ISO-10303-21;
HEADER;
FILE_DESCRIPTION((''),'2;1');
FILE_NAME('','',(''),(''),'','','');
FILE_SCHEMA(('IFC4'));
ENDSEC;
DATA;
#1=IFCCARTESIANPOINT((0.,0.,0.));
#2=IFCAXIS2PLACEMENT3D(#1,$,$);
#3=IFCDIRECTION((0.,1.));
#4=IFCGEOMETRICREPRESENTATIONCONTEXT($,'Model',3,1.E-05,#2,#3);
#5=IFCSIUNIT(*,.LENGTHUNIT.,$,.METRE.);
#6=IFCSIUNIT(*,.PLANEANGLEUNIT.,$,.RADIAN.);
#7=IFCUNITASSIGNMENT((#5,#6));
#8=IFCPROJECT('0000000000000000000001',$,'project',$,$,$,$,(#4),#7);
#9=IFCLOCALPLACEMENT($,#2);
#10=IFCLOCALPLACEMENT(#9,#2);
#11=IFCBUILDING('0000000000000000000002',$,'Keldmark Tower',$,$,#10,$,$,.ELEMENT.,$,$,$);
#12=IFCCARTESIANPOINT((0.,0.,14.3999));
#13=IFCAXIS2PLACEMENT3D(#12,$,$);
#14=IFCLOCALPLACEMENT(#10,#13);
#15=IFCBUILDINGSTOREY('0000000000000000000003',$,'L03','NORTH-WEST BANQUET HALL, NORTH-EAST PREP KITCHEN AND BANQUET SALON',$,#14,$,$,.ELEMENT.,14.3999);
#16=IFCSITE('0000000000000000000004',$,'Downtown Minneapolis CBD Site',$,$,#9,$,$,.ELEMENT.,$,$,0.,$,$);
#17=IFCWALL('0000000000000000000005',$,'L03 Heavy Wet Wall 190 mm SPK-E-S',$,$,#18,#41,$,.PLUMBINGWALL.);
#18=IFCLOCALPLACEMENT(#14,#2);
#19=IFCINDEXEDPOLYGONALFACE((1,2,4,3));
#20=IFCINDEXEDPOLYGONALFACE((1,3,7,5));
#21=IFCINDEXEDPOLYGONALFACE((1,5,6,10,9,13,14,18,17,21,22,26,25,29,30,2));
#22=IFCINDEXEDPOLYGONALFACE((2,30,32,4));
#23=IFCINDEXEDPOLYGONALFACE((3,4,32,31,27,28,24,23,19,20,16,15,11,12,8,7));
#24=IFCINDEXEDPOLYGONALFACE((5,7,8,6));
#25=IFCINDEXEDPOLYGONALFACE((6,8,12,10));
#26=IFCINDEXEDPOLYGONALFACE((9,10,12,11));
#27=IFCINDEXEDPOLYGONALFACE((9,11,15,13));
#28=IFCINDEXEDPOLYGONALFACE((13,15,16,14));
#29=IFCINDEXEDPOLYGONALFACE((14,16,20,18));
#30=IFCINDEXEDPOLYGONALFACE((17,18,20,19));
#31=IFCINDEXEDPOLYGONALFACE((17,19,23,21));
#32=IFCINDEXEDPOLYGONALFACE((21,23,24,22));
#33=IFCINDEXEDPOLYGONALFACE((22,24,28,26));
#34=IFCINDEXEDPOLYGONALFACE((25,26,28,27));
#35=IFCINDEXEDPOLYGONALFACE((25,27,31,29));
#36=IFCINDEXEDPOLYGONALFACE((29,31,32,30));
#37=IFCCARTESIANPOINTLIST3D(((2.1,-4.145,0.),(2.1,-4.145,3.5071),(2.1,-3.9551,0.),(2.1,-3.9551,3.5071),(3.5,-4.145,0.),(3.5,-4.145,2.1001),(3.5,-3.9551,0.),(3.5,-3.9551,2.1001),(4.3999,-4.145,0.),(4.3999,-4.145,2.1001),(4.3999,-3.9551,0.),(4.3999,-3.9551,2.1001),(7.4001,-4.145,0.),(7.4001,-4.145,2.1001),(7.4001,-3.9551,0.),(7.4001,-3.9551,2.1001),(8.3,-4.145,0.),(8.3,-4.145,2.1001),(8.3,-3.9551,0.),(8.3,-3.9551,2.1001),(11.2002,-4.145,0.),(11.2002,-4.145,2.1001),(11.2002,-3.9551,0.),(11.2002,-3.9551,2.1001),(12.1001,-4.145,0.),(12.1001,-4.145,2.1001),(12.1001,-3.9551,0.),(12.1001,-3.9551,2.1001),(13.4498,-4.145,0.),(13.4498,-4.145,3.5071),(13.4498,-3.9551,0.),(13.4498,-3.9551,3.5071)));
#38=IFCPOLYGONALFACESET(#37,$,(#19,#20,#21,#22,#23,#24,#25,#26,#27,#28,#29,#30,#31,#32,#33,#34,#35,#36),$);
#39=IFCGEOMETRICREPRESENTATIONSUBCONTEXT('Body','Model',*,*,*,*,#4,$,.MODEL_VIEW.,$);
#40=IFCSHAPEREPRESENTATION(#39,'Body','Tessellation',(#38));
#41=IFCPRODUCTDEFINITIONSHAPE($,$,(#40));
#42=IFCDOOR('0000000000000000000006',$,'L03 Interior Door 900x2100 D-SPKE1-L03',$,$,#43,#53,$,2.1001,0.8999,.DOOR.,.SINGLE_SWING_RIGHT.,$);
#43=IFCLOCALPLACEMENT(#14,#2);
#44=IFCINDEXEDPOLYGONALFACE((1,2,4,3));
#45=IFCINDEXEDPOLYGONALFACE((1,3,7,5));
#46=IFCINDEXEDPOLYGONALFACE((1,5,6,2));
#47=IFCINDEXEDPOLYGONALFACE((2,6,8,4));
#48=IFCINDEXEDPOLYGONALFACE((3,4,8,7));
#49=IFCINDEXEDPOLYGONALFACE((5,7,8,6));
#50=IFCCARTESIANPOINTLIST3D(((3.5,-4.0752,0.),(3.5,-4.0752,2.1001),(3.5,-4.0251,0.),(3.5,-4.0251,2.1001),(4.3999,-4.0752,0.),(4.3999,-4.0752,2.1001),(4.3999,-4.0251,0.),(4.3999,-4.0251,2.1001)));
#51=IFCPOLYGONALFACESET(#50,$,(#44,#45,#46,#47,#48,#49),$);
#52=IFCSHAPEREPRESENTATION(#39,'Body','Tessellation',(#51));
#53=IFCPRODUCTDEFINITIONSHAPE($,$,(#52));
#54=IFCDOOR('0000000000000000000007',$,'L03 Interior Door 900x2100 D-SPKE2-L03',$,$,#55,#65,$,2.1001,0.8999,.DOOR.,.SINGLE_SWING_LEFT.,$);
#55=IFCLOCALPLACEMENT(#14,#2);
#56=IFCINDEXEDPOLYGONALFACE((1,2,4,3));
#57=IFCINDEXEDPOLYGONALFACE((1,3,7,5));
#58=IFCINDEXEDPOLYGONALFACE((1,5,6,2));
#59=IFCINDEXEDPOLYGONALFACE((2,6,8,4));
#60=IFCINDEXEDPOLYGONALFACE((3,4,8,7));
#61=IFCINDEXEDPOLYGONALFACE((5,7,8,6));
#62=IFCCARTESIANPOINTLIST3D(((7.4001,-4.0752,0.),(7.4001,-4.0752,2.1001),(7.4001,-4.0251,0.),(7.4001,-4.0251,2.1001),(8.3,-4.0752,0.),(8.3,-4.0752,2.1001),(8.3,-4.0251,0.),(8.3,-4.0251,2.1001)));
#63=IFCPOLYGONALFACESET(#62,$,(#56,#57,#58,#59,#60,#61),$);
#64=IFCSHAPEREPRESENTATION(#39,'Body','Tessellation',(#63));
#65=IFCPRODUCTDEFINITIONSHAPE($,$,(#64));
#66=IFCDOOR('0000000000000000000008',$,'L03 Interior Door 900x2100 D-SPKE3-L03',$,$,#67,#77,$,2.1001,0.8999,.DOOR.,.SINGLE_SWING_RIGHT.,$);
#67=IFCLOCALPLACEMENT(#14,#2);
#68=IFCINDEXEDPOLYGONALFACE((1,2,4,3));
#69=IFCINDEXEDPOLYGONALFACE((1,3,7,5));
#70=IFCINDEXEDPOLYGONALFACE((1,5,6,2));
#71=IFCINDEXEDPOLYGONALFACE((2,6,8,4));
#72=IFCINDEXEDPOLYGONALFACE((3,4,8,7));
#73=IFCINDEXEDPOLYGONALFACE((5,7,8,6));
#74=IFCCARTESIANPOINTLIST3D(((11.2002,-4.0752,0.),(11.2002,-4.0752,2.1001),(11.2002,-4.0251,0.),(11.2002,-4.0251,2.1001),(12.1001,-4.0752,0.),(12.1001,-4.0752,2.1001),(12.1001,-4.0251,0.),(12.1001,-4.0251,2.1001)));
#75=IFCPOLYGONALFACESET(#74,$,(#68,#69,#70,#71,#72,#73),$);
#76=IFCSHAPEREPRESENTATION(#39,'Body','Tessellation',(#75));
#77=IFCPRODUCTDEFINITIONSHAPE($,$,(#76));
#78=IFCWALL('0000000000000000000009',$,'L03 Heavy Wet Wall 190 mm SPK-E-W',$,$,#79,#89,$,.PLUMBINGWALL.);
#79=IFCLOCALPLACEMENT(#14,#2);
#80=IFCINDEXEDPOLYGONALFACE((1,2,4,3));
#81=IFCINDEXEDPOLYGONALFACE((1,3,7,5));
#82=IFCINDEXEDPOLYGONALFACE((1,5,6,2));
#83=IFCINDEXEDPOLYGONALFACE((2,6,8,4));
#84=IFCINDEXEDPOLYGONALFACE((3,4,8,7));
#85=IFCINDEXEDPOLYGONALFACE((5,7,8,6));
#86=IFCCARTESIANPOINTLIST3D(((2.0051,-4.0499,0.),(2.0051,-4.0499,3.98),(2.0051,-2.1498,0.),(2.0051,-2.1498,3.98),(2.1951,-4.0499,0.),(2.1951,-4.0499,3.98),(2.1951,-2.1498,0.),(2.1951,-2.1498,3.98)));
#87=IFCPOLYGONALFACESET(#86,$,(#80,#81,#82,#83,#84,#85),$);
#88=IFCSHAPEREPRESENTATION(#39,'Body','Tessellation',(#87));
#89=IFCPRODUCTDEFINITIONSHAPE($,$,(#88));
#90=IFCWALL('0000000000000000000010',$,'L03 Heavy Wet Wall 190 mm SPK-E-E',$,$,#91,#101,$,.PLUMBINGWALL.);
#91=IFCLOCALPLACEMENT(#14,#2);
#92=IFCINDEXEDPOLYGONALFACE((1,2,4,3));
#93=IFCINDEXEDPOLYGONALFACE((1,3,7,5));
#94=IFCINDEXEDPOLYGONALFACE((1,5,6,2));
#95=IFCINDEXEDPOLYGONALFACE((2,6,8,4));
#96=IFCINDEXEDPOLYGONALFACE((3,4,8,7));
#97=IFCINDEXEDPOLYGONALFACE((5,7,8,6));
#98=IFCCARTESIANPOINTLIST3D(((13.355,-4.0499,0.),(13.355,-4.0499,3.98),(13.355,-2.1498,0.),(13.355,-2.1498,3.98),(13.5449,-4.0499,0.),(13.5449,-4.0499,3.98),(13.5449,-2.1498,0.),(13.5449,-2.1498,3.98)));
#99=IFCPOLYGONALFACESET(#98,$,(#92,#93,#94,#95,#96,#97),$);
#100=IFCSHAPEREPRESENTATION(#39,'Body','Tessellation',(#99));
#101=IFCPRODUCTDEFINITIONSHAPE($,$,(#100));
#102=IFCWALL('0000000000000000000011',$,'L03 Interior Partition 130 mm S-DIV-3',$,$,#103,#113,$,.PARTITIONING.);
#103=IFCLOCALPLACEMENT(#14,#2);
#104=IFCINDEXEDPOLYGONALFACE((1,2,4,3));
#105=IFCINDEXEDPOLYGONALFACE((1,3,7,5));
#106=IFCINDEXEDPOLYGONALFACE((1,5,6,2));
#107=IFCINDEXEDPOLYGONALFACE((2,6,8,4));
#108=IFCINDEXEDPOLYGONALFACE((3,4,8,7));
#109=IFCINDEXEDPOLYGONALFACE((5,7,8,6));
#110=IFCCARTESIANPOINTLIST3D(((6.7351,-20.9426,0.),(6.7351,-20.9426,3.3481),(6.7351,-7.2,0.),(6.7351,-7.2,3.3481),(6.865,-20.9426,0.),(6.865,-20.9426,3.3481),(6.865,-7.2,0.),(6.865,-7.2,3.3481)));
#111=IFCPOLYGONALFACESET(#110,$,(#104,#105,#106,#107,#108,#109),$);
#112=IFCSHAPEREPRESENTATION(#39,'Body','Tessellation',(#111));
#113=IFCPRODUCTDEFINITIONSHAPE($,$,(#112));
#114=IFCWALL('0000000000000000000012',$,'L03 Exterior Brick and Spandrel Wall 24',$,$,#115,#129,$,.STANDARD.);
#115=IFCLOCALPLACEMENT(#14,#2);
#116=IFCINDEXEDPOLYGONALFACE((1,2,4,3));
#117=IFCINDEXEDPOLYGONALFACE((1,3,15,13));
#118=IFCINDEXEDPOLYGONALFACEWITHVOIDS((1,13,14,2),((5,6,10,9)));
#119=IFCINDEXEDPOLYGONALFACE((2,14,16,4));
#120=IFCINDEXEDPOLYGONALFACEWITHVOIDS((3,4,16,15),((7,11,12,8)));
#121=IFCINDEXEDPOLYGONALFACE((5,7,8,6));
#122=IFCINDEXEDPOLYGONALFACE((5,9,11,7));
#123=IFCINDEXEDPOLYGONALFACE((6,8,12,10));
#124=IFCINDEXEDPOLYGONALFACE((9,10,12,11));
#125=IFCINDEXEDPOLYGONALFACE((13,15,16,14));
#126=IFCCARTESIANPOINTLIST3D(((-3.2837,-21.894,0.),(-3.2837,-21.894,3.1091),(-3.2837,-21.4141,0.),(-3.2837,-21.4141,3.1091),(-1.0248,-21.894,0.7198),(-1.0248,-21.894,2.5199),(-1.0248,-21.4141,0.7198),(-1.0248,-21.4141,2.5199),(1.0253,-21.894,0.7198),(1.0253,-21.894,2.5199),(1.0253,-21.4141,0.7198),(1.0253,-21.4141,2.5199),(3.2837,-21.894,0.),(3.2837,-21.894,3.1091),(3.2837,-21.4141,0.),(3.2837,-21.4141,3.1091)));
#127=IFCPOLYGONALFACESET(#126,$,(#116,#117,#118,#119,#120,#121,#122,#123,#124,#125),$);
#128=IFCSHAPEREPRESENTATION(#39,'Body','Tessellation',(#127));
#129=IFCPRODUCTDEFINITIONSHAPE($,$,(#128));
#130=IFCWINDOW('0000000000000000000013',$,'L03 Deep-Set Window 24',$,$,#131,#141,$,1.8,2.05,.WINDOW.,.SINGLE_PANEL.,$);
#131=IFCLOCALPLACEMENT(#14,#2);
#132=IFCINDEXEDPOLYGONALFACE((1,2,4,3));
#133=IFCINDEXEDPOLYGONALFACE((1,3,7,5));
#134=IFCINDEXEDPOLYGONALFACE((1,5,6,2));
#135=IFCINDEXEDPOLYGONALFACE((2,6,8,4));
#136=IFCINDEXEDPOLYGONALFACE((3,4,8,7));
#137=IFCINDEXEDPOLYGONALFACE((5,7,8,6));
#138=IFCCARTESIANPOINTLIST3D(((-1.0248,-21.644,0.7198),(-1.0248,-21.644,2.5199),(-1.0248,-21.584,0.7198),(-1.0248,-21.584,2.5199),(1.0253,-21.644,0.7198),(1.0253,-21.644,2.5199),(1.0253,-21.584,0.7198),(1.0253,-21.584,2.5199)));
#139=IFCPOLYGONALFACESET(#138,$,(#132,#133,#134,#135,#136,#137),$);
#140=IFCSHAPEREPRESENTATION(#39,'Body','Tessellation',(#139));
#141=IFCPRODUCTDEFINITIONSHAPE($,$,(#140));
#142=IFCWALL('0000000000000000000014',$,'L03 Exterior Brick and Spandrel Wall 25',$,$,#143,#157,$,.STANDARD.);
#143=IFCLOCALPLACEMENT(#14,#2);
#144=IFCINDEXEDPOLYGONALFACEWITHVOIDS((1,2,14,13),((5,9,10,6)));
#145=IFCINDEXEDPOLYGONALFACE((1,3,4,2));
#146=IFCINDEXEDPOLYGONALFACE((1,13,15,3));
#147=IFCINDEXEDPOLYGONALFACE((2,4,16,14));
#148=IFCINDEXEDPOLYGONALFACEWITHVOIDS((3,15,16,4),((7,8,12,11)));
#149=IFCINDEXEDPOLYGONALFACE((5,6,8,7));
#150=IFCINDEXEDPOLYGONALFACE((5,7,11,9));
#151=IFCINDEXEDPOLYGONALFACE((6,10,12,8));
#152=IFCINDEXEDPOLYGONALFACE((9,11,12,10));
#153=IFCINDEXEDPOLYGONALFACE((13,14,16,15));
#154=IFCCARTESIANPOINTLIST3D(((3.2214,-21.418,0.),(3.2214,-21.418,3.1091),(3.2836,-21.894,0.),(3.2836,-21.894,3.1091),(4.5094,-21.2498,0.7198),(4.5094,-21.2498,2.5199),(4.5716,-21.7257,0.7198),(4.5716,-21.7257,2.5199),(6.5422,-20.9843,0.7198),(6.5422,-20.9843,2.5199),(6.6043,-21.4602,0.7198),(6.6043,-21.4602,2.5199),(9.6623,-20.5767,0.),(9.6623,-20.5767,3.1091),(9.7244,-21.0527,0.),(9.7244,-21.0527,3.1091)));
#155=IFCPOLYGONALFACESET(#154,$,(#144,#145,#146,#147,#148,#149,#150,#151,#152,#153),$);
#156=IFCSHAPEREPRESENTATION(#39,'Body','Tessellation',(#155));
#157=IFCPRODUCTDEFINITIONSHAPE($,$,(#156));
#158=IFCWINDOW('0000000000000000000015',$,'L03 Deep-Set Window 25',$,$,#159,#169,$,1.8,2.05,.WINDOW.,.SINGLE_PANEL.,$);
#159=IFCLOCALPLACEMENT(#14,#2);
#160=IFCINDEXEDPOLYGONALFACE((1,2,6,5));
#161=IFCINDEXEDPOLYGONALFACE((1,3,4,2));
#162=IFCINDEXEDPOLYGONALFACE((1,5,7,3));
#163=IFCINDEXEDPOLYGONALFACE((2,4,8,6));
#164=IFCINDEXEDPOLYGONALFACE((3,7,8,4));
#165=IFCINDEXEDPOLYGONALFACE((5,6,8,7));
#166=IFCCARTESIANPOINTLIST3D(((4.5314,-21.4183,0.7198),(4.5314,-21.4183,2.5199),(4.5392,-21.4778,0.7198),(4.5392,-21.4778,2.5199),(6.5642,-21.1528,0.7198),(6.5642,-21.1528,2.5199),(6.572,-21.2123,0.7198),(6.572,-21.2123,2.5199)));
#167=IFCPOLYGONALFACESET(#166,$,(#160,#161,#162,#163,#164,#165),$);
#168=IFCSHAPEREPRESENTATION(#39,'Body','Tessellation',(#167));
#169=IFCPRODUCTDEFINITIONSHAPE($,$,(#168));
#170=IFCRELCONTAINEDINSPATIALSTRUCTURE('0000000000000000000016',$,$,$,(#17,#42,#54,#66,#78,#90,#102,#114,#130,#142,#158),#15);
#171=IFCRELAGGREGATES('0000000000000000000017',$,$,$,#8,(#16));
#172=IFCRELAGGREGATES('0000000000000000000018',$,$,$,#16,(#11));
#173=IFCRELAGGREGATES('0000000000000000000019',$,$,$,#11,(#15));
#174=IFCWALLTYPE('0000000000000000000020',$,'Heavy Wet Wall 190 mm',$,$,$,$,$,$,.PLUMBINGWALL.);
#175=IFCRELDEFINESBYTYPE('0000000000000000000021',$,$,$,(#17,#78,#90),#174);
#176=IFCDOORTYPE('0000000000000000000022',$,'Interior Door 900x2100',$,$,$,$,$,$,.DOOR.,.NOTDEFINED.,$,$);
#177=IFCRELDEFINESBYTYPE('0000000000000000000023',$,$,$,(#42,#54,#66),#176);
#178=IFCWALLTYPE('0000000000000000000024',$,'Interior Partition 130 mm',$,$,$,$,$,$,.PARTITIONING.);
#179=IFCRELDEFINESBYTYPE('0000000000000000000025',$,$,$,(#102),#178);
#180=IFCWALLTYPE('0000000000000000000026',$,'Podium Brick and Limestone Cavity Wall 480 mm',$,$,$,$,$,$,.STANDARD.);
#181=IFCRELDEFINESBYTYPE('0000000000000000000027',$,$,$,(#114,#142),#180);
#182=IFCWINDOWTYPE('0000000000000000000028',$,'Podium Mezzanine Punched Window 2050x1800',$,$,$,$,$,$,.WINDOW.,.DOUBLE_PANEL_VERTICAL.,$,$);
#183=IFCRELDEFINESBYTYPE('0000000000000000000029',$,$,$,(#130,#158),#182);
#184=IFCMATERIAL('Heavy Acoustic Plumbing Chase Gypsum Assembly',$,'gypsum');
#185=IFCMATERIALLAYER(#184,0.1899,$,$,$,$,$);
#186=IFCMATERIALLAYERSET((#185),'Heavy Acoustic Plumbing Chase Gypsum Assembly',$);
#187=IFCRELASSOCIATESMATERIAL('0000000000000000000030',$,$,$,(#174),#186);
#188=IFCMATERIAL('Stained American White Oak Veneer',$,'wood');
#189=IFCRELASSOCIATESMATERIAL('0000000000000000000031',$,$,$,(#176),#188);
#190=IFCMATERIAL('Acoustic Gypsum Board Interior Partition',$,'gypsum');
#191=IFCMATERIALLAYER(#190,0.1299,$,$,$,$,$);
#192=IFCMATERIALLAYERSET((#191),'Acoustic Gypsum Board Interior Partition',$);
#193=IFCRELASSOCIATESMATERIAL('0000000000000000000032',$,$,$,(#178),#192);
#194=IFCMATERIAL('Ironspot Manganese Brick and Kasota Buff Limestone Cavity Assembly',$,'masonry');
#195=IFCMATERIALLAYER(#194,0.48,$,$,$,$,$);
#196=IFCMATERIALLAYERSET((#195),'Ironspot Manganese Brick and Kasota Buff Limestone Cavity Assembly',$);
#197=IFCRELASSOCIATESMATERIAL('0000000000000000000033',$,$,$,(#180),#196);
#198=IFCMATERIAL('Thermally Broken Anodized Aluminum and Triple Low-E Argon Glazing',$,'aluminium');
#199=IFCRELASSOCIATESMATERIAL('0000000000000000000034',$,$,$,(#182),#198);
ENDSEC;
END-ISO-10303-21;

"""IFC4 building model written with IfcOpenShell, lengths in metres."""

from ifc_helpers import new_model, si_unit, direction, frame, frame_2d, origin, place, context, subcontext, project, spatial, rectangle, extrude, material, layer, layer_set, type_object, element, fill, save


model = new_model("IFC4")

# Units and contexts
model_context = context("Model", 3, precision=1e-05, world=origin(), true_north=direction((0.0, 1.0)))
body_context = subcontext(model_context, "Body", "Model", "MODEL_VIEW")
ifc_project = project(units=[si_unit("LENGTHUNIT", "METRE"), si_unit("PLANEANGLEUNIT", "RADIAN")], contexts=[model_context])

# Site, building, storey
site_placement = place(None, origin())
site = spatial("IfcSite", under=ifc_project, at=site_placement, Name="Downtown Minneapolis CBD Site", CompositionType="ELEMENT", RefElevation=0.0)
building_placement = place(site_placement, origin())
building = spatial("IfcBuilding", under=site, at=building_placement, Name="Keldmark Tower", CompositionType="ELEMENT")
storey_placement = place(building_placement, frame((0.0, 0.0, 14.3999)))
storey = spatial("IfcBuildingStorey", under=building, at=storey_placement, Name="L03", Description="NORTH-WEST BANQUET HALL, NORTH-EAST PREP KITCHEN AND BANQUET SALON", CompositionType="ELEMENT", Elevation=14.3999)

# Wall, openings, doors
ifc_material_1 = material(Name="Heavy Acoustic Plumbing Chase Gypsum Assembly", Category="gypsum")
ifc_layer_1 = layer(ifc_material_1, 0.1899)
ifc_layer_set_1 = layer_set([ifc_layer_1], Name="Heavy Acoustic Plumbing Chase Gypsum Assembly")
wall_type_1 = type_object("IfcWallType", Name="Heavy Wet Wall 190 mm", PredefinedType="PLUMBINGWALL", material=ifc_layer_set_1)
wall_1_placement = place(storey_placement, frame((2.1001, -4.05, 0.0), z_axis=(0.0, 0.0, 1.0), x_axis=(1.0, 0.0, 0.0)))
wall_1 = element("IfcWall", 1, at=wall_1_placement, inside=storey, type_object=wall_type_1, Name="L03 Heavy Wet Wall 190 mm SPK-E-S", PredefinedType="PLUMBINGWALL", context=body_context, shape_type="SweptSolid", body=[
    extrude(rectangle(XDim=11.3499, YDim=0.1899, at=frame_2d((5.6748, 0.0))), origin(), (0.0, 0.0, 1.0), 3.5071),
])
opening_1_placement = place(wall_1_placement, frame((1.3999, 0.0, 0.0)))
opening_1 = element("IfcOpeningElement", 2, at=opening_1_placement, cuts=wall_1, PredefinedType="OPENING", context=body_context, shape_type="SweptSolid", body=[
    extrude(rectangle(XDim=0.8999, YDim=2.1001, at=frame_2d((0.45, 1.05))), frame((0.0, 0.105, 0.0), z_axis=(0.0, -1.0, 0.0), x_axis=(1.0, 0.0, 0.0)), (0.0, 0.0, 1.0), 0.21),
])
opening_2_placement = place(wall_1_placement, frame((5.3, 0.0, 0.0)))
opening_2 = element("IfcOpeningElement", 3, at=opening_2_placement, cuts=wall_1, PredefinedType="OPENING", context=body_context, shape_type="SweptSolid", body=[
    extrude(rectangle(XDim=0.8999, YDim=2.1001, at=frame_2d((0.45, 1.05))), frame((0.0, 0.105, 0.0), z_axis=(0.0, -1.0, 0.0), x_axis=(1.0, 0.0, 0.0)), (0.0, 0.0, 1.0), 0.21),
])
opening_3_placement = place(wall_1_placement, frame((9.1001, 0.0, 0.0)))
opening_3 = element("IfcOpeningElement", 4, at=opening_3_placement, cuts=wall_1, PredefinedType="OPENING", context=body_context, shape_type="SweptSolid", body=[
    extrude(rectangle(XDim=0.8999, YDim=2.1001, at=frame_2d((0.45, 1.05))), frame((0.0, 0.105, 0.0), z_axis=(0.0, -1.0, 0.0), x_axis=(1.0, 0.0, 0.0)), (0.0, 0.0, 1.0), 0.21),
])
ifc_material_2 = material(Name="Stained American White Oak Veneer", Category="wood")
door_type = type_object("IfcDoorType", Name="Interior Door 900x2100", OperationType="NOTDEFINED", PredefinedType="DOOR", material=ifc_material_2)
door_1_placement = place(opening_1_placement, origin())
door_1 = element("IfcDoor", 5, at=door_1_placement, inside=storey, type_object=door_type, Name="L03 Interior Door 900x2100 D-SPKE1-L03", OperationType="SINGLE_SWING_RIGHT", OverallHeight=2.1001, OverallWidth=0.8999, PredefinedType="DOOR", context=body_context, shape_type="SweptSolid", body=[
    extrude(rectangle(XDim=0.8999, YDim=2.1001, at=frame_2d((0.45, 1.05))), frame((0.0, 0.0249, 0.0), z_axis=(0.0, -1.0, 0.0), x_axis=(1.0, 0.0, 0.0)), (0.0, 0.0, 1.0), 0.05),
])
fill(opening_1, door_1)
door_2_placement = place(opening_2_placement, origin())
door_2 = element("IfcDoor", 6, at=door_2_placement, inside=storey, type_object=door_type, Name="L03 Interior Door 900x2100 D-SPKE2-L03", OperationType="SINGLE_SWING_LEFT", OverallHeight=2.1001, OverallWidth=0.8999, PredefinedType="DOOR", context=body_context, shape_type="SweptSolid", body=[
    extrude(rectangle(XDim=0.8999, YDim=2.1001, at=frame_2d((0.45, 1.05))), frame((0.0, 0.0249, 0.0), z_axis=(0.0, -1.0, 0.0), x_axis=(1.0, 0.0, 0.0)), (0.0, 0.0, 1.0), 0.05),
])
fill(opening_2, door_2)
door_3_placement = place(opening_3_placement, origin())
door_3 = element("IfcDoor", 7, at=door_3_placement, inside=storey, type_object=door_type, Name="L03 Interior Door 900x2100 D-SPKE3-L03", OperationType="SINGLE_SWING_RIGHT", OverallHeight=2.1001, OverallWidth=0.8999, PredefinedType="DOOR", context=body_context, shape_type="SweptSolid", body=[
    extrude(rectangle(XDim=0.8999, YDim=2.1001, at=frame_2d((0.45, 1.05))), frame((0.0, 0.0249, 0.0), z_axis=(0.0, -1.0, 0.0), x_axis=(1.0, 0.0, 0.0)), (0.0, 0.0, 1.0), 0.05),
])
fill(opening_3, door_3)

# Walls
for number, where, z_axis, x_axis, name in (
    (8, (2.1001, -4.05, 0.0), (0.0, 0.0, 1.0), (0.0, 1.0, 0.0), "L03 Heavy Wet Wall 190 mm SPK-E-W"),
    (9, (13.45, -4.05, 0.0), (0.0, 0.0, 1.0), (0.0, 1.0, 0.0), "L03 Heavy Wet Wall 190 mm SPK-E-E"),
):
    element("IfcWall", number, at=place(storey_placement, frame(where, z_axis=z_axis, x_axis=x_axis)), inside=storey, type_object=wall_type_1, Name=name, PredefinedType="PLUMBINGWALL", context=body_context, shape_type="SweptSolid", body=[
        extrude(rectangle(XDim=1.9001, YDim=0.1899, at=frame_2d((0.9502, 0.0))), origin(), (0.0, 0.0, 1.0), 3.98),
    ])
ifc_material_3 = material(Name="Acoustic Gypsum Board Interior Partition", Category="gypsum")
ifc_layer_2 = layer(ifc_material_3, 0.1299)
ifc_layer_set_2 = layer_set([ifc_layer_2], Name="Acoustic Gypsum Board Interior Partition")
wall_type_2 = type_object("IfcWallType", Name="Interior Partition 130 mm", PredefinedType="PARTITIONING", material=ifc_layer_set_2)
wall_2_placement = place(storey_placement, frame((6.8, -20.9426, 0.0), z_axis=(0.0, 0.0, 1.0), x_axis=(0.0, 1.0, 0.0)))
element("IfcWall", 10, at=wall_2_placement, inside=storey, type_object=wall_type_2, Name="L03 Interior Partition 130 mm S-DIV-3", PredefinedType="PARTITIONING", context=body_context, shape_type="SweptSolid", body=[
    extrude(rectangle(XDim=13.7427, YDim=0.1299, at=frame_2d((6.8713, 0.0))), origin(), (0.0, 0.0, 1.0), 3.3481),
])

# Walls, openings, windows
ifc_material_4 = material(Name="Ironspot Manganese Brick and Kasota Buff Limestone Cavity Assembly", Category="masonry")
ifc_layer_3 = layer(ifc_material_4, 0.48)
ifc_layer_set_3 = layer_set([ifc_layer_3], Name="Ironspot Manganese Brick and Kasota Buff Limestone Cavity Assembly")
wall_type_3 = type_object("IfcWallType", Name="Podium Brick and Limestone Cavity Wall 480 mm", PredefinedType="STANDARD", material=ifc_layer_set_3)
wall_3_placement = place(storey_placement, frame((3.2837, -21.6541, 0.0), z_axis=(0.0, 0.0, 1.0), x_axis=(-1.0, 0.0, 0.0)))
wall_3 = element("IfcWall", 11, at=wall_3_placement, inside=storey, type_object=wall_type_3, Name="L03 Exterior Brick and Spandrel Wall 24", PredefinedType="STANDARD", context=body_context, shape_type="SweptSolid", body=[
    extrude(rectangle(XDim=6.5674, YDim=0.48, at=frame_2d((3.2837, 0.0))), origin(), (0.0, 0.0, 1.0), 3.1091),
])
opening_4_placement = place(wall_3_placement, frame((2.2585, 0.0, 0.72)))
opening_4 = element("IfcOpeningElement", 12, at=opening_4_placement, cuts=wall_3, PredefinedType="OPENING", context=body_context, shape_type="SweptSolid", body=[
    extrude(rectangle(XDim=2.05, YDim=1.8, at=frame_2d((1.0249, 0.8999))), frame((0.0, 0.25, 0.0), z_axis=(0.0, -1.0, 0.0), x_axis=(1.0, 0.0, 0.0)), (0.0, 0.0, 1.0), 0.5),
])
ifc_material_5 = material(Name="Thermally Broken Anodized Aluminum and Triple Low-E Argon Glazing", Category="aluminium")
window_type = type_object("IfcWindowType", Name="Podium Mezzanine Punched Window 2050x1800", PartitioningType="DOUBLE_PANEL_VERTICAL", PredefinedType="WINDOW", material=ifc_material_5)
window_1_placement = place(opening_4_placement, origin())
window_1 = element("IfcWindow", 13, at=window_1_placement, inside=storey, type_object=window_type, Name="L03 Deep-Set Window 24", OverallHeight=1.8, OverallWidth=2.05, PartitioningType="SINGLE_PANEL", PredefinedType="WINDOW", context=body_context, shape_type="SweptSolid", body=[
    extrude(rectangle(XDim=2.05, YDim=1.8, at=frame_2d((1.0249, 0.8999))), frame((0.0, -0.01, 0.0), z_axis=(0.0, -1.0, 0.0), x_axis=(1.0, 0.0, 0.0)), (0.0, 0.0, 1.0), 0.0601),
])
fill(opening_4, window_1)
wall_4_placement = place(storey_placement, frame((9.6934, -20.8147, 0.0), z_axis=(0.0, 0.0, 1.0), x_axis=(-0.991577, -0.129519, 0.0)))
wall_4 = element("IfcWall", 14, at=wall_4_placement, inside=storey, type_object=wall_type_3, Name="L03 Exterior Brick and Spandrel Wall 25", PredefinedType="STANDARD", context=body_context, shape_type="SweptSolid", body=[
    extrude(rectangle(XDim=6.4956, YDim=0.48, at=frame_2d((3.2478, 0.0))), origin(), (0.0, 0.0, 1.0), 3.1091),
])
opening_5_placement = place(wall_4_placement, frame((3.1467, 0.0, 0.72)))
opening_5 = element("IfcOpeningElement", 15, at=opening_5_placement, cuts=wall_4, PredefinedType="OPENING", context=body_context, shape_type="SweptSolid", body=[
    extrude(rectangle(XDim=2.05, YDim=1.8, at=frame_2d((1.0249, 0.8999))), frame((0.0, 0.25, 0.0), z_axis=(0.0, -1.0, 0.0), x_axis=(1.0, 0.0, 0.0)), (0.0, 0.0, 1.0), 0.5),
])
window_2_placement = place(opening_5_placement, origin())
window_2 = element("IfcWindow", 16, at=window_2_placement, inside=storey, type_object=window_type, Name="L03 Deep-Set Window 25", OverallHeight=1.8, OverallWidth=2.05, PartitioningType="SINGLE_PANEL", PredefinedType="WINDOW", context=body_context, shape_type="SweptSolid", body=[
    extrude(rectangle(XDim=2.05, YDim=1.8, at=frame_2d((1.0249, 0.8999))), frame((0.0, -0.01, 0.0), z_axis=(0.0, -1.0, 0.0), x_axis=(1.0, 0.0, 0.0)), (0.0, 0.0, 1.0), 0.0601),
])
fill(opening_5, window_2)

save(model, "model.ifc")
